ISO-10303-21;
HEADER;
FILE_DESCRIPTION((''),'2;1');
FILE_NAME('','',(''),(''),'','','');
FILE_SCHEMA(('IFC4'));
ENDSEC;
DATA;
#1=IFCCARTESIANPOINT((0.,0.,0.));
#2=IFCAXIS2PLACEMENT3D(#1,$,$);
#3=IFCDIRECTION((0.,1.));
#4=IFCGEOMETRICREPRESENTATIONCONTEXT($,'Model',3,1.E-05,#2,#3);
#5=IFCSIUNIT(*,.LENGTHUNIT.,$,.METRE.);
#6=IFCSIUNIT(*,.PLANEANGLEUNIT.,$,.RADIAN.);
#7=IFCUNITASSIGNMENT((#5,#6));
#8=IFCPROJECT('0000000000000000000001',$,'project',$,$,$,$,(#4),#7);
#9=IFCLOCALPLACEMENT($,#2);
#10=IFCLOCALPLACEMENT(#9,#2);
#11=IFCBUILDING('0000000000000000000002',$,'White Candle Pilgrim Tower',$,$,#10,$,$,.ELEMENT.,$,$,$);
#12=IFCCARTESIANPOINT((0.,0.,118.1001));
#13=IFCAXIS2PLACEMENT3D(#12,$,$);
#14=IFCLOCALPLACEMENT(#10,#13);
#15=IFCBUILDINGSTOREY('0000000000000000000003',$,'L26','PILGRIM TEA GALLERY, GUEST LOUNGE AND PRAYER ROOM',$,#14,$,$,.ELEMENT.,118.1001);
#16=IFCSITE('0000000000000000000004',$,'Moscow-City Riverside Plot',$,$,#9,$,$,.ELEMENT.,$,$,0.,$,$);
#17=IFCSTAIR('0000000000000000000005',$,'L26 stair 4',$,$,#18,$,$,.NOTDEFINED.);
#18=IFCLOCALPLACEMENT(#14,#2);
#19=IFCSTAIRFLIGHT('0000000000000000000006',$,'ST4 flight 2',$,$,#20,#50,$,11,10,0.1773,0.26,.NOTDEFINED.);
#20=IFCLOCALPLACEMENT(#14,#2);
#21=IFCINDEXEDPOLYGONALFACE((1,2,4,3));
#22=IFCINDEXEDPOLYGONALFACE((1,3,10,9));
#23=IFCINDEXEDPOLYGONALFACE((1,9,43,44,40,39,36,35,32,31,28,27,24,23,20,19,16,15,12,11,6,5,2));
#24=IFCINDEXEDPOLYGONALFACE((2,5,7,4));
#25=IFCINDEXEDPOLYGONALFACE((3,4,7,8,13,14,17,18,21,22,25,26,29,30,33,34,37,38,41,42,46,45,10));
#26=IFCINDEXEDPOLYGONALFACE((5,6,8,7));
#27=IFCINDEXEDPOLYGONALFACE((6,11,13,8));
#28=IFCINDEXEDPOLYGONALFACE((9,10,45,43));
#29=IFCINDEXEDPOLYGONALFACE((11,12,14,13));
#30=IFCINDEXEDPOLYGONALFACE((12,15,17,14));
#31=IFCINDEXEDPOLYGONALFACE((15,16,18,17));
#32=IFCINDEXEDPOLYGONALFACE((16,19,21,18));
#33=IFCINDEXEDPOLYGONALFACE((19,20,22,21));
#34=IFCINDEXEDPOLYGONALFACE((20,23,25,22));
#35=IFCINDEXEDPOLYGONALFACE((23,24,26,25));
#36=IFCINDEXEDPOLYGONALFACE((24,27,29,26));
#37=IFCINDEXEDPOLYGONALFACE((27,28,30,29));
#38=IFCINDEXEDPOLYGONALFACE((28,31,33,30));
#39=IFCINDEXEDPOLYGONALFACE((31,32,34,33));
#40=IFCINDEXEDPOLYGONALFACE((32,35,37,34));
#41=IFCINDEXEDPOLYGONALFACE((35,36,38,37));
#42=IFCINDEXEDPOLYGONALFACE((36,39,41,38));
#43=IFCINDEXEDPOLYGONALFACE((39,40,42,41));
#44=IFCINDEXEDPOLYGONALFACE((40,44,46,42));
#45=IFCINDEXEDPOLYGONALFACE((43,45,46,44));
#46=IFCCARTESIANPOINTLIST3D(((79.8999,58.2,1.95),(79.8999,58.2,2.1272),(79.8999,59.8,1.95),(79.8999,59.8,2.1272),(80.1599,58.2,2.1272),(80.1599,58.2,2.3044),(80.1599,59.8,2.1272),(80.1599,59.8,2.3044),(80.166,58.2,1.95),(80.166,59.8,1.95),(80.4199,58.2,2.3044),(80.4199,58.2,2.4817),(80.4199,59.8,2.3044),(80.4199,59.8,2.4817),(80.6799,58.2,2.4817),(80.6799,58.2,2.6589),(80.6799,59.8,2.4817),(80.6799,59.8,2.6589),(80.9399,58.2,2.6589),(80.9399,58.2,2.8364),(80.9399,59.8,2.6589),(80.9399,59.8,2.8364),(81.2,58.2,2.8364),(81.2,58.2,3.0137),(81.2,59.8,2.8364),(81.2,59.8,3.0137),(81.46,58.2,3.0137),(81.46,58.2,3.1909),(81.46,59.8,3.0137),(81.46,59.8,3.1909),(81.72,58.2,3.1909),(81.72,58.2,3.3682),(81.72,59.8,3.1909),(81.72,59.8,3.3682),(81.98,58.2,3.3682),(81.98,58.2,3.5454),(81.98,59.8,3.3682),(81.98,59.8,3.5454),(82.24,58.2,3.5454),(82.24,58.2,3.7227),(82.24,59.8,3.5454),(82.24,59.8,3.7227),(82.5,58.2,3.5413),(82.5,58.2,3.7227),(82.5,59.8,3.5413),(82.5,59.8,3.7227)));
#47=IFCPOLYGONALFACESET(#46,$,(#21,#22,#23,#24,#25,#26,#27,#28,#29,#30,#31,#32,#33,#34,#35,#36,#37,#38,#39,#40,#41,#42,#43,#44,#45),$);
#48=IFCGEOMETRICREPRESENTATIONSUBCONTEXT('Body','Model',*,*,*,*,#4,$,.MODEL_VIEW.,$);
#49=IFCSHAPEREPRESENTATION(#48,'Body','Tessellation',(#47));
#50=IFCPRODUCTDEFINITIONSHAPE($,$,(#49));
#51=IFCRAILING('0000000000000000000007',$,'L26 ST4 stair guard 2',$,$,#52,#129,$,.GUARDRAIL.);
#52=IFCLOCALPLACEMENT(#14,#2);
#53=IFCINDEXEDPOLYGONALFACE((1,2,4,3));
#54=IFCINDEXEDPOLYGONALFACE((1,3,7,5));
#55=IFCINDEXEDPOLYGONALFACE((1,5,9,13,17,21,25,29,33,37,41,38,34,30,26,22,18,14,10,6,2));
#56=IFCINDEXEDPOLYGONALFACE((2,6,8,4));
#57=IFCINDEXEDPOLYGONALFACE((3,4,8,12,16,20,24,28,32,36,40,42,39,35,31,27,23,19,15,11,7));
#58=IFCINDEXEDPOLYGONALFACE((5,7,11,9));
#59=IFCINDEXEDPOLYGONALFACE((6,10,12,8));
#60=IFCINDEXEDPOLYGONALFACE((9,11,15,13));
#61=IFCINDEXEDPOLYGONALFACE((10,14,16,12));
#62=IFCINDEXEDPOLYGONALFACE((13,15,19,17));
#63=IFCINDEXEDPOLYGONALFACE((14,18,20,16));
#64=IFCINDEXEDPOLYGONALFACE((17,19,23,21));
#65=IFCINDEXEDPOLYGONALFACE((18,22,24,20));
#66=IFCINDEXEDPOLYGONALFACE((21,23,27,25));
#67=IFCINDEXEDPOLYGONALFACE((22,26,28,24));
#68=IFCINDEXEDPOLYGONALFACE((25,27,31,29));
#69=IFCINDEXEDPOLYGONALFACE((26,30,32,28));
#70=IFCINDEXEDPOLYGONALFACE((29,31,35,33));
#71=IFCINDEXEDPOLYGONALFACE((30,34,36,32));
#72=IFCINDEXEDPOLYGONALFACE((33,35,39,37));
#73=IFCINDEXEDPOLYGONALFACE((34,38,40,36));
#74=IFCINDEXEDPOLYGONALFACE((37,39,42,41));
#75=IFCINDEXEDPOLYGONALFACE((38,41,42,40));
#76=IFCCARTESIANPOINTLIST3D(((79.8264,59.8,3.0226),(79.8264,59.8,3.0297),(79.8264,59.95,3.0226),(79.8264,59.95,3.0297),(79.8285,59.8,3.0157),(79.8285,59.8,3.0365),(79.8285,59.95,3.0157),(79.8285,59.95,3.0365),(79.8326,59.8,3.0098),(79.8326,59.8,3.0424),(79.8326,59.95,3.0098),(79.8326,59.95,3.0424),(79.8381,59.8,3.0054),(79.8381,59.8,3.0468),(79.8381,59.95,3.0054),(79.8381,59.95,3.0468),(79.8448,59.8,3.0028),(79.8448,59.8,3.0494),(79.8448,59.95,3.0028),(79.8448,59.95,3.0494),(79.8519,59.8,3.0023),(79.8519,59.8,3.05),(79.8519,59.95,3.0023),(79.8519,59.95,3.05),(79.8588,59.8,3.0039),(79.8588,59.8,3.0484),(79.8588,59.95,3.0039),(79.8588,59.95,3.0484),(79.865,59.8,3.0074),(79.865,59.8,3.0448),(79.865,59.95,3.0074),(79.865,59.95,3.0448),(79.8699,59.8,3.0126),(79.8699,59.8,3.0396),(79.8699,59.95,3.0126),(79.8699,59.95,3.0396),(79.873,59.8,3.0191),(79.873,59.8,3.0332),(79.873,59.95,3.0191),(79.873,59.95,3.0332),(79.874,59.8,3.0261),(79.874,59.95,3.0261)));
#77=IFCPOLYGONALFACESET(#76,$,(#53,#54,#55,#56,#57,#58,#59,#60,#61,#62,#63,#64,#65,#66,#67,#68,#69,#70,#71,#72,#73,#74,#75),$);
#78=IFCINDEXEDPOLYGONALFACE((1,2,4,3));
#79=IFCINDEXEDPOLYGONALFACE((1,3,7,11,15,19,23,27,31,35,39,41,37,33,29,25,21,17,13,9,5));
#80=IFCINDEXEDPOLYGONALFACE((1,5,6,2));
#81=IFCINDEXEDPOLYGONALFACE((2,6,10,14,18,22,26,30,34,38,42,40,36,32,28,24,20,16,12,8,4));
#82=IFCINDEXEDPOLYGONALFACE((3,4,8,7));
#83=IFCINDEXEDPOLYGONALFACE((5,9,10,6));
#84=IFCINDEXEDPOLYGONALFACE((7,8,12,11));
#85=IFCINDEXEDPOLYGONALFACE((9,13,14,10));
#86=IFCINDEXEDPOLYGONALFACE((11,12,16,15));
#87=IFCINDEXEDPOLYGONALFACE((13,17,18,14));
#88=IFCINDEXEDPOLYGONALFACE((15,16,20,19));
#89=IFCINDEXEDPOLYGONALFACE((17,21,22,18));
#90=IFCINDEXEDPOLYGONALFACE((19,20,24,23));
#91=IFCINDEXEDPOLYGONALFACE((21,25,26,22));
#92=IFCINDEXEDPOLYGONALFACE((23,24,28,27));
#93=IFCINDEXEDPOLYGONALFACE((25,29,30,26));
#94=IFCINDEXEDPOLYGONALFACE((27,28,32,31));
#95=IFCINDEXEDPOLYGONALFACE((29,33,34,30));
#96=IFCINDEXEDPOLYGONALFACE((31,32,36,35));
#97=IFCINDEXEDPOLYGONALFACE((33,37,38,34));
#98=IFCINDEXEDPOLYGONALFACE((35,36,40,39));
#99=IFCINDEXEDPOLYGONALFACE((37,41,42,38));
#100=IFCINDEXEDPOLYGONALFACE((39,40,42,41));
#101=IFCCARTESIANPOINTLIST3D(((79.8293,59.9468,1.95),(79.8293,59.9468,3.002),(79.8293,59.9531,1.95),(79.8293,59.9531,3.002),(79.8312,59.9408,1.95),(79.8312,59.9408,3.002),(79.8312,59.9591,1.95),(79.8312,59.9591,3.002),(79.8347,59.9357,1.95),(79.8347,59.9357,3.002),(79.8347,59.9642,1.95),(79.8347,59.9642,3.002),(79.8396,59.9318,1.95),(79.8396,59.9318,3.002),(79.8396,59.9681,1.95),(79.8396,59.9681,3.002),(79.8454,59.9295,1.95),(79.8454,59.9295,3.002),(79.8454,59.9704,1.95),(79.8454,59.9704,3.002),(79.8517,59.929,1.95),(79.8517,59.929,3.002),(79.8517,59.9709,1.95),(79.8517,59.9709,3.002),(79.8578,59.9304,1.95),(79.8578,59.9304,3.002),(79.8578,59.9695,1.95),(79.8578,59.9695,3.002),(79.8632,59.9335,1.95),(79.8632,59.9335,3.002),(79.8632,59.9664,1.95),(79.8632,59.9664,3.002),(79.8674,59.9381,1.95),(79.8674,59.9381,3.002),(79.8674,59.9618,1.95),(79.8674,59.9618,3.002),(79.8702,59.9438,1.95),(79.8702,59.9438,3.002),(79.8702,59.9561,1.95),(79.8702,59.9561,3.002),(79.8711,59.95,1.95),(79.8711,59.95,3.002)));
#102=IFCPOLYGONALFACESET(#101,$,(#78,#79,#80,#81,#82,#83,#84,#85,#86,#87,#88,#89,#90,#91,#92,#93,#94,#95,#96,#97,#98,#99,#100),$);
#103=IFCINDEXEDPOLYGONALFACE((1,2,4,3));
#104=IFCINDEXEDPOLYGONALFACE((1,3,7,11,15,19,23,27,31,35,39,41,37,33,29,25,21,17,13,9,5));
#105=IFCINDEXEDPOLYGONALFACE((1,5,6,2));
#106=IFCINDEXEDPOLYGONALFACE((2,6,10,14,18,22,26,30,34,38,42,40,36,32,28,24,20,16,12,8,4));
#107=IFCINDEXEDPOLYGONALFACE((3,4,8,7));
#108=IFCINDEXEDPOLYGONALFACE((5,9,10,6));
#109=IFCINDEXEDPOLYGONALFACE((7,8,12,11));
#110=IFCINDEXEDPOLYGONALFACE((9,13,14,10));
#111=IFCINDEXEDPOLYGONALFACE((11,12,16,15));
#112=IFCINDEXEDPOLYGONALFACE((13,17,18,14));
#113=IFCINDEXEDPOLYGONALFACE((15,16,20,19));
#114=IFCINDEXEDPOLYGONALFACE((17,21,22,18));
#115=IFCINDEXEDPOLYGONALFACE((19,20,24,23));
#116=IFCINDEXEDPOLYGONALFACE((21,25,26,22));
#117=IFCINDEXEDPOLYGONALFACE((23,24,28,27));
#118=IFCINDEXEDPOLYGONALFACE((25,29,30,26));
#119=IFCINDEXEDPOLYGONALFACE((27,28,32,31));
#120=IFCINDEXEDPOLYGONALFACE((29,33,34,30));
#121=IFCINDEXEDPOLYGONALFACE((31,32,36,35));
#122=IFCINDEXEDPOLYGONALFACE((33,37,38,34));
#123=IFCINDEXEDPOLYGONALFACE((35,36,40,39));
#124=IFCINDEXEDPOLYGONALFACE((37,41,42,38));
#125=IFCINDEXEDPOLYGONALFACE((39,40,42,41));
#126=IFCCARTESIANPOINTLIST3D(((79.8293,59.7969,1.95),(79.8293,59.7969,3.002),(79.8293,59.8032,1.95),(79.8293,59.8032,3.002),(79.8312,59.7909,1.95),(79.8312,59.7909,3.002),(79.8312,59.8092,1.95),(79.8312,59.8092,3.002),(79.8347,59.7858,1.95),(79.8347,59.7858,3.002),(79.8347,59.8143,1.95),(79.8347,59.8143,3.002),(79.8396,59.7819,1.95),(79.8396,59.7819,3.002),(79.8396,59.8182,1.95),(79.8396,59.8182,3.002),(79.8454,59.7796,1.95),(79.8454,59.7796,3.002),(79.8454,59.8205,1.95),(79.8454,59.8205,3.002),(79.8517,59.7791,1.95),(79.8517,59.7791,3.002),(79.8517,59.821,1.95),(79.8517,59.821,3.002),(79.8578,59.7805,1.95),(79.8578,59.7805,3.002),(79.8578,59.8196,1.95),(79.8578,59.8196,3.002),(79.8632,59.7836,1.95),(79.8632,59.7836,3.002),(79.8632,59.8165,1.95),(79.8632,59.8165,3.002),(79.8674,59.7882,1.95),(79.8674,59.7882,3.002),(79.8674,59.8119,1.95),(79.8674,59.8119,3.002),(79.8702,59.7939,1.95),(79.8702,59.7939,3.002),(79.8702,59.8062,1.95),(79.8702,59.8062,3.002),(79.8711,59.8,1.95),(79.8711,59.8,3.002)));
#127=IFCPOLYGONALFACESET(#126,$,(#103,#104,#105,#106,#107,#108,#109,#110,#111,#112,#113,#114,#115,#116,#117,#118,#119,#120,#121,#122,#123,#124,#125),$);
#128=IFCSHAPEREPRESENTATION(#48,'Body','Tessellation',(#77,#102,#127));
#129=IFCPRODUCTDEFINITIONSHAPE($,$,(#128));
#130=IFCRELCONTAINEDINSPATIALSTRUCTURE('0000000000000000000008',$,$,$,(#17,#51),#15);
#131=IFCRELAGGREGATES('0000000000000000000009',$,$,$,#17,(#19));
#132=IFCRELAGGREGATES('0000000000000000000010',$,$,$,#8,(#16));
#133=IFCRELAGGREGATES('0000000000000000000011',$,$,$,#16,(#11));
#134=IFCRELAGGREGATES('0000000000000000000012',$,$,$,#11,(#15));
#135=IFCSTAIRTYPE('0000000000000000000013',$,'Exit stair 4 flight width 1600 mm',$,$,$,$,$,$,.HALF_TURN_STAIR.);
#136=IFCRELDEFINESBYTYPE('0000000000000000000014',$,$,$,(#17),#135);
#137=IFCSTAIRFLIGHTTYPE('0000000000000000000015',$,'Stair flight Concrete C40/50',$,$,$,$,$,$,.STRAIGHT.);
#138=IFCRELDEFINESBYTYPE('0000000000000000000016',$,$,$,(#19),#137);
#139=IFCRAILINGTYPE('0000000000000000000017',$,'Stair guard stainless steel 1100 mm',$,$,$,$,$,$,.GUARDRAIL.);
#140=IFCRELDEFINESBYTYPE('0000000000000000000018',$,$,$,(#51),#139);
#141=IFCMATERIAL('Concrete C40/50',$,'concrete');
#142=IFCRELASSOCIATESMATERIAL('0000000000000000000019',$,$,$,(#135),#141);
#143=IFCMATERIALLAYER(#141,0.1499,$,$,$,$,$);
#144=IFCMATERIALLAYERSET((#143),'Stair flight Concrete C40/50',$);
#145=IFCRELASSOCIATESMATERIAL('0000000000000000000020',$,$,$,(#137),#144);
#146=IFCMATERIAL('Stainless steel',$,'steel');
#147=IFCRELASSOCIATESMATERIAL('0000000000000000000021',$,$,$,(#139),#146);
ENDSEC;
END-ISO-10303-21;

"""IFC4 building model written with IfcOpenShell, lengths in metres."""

from ifc_helpers import new_model, si_unit, direction, frame, origin, origin_2d, place, context, subcontext, project, spatial, polyline, circle, outline, extrude, material, layer, layer_set, type_object, element, aggregate, save


model = new_model("IFC4")

# Units and contexts
model_context = context("Model", 3, precision=1e-05, world=origin(), true_north=direction((0.0, 1.0)))
body_context = subcontext(model_context, "Body", "Model", "MODEL_VIEW")
ifc_project = project(units=[si_unit("LENGTHUNIT", "METRE"), si_unit("PLANEANGLEUNIT", "RADIAN")], contexts=[model_context])

# Site, building, storey
site_placement = place(None, origin())
site = spatial("IfcSite", under=ifc_project, at=site_placement, Name="Moscow-City Riverside Plot", CompositionType="ELEMENT", RefElevation=0.0)
building_placement = place(site_placement, origin())
building = spatial("IfcBuilding", under=site, at=building_placement, Name="White Candle Pilgrim Tower", CompositionType="ELEMENT")
storey_placement = place(building_placement, frame((0.0, 0.0, 118.1001)))
storey = spatial("IfcBuildingStorey", under=building, at=storey_placement, Name="L26", Description="PILGRIM TEA GALLERY, GUEST LOUNGE AND PRAYER ROOM", CompositionType="ELEMENT", Elevation=118.1001)

# Stair, stair flight
ifc_material_1 = material(Name="Concrete C40/50", Category="concrete")
stair_type = type_object("IfcStairType", Name="Exit stair 4 flight width 1600 mm", PredefinedType="HALF_TURN_STAIR", material=ifc_material_1)
stair_placement = place(storey_placement, origin())
stair = element("IfcStair", 1, at=stair_placement, inside=storey, type_object=stair_type, Name="L26 stair 4", PredefinedType="NOTDEFINED")
ifc_layer_1 = layer(ifc_material_1, 0.1499)
ifc_layer_set_1 = layer_set([ifc_layer_1], Name="Stair flight Concrete C40/50")
stair_flight_type = type_object("IfcStairFlightType", Name="Stair flight Concrete C40/50", PredefinedType="STRAIGHT", material=ifc_layer_set_1)
stair_flight_placement = place(storey_placement, frame((79.8999, 59.0, 1.95), z_axis=(0.0, 0.0, 1.0), x_axis=(1.0, 0.0, 0.0)))
stair_flight = element("IfcStairFlight", 2, at=stair_flight_placement, type_object=stair_flight_type, Name="ST4 flight 2", NumberOfRisers=11, NumberOfTreads=10, PredefinedType="NOTDEFINED", RiserHeight=0.1773, TreadLength=0.26, context=body_context, shape_type="SweptSolid", body=[
    extrude(outline(polyline([(0.0, 0.0), (0.0, 0.1772), (0.26, 0.1772), (0.26, 0.3545), (0.52, 0.3545), (0.52, 0.5317), (0.78, 0.5317), (0.78, 0.709), (1.04, 0.709), (1.04, 0.8865), (1.3, 0.8865), (1.3, 1.0637), (1.5601, 1.0637), (1.5601, 1.241), (1.8201, 1.241), (1.8201, 1.4182), (2.0801, 1.4182), (2.0801, 1.5955), (2.3401, 1.5955), (2.3401, 1.7727), (2.6001, 1.7727), (2.6001, 1.95), (2.6001, 1.5913), (0.2661, 0.0), (0.0, 0.0)])), frame((0.0, 0.8, 0.0), z_axis=(0.0, -1.0, 0.0), x_axis=(1.0, 0.0, 0.0)), (0.0, 0.0, 1.0), 1.6001),
])
aggregate(stair, [stair_flight])

# Railing
ifc_material_2 = material(Name="Stainless steel", Category="steel")
railing_type_1 = type_object("IfcRailingType", Name="Stair guard stainless steel 1100 mm", PredefinedType="GUARDRAIL", material=ifc_material_2)
railing_1_placement = place(storey_placement, frame((79.8501, 59.95, 1.95)))
element("IfcRailing", 3, at=railing_1_placement, inside=storey, type_object=railing_type_1, Name="L26 ST4 stair guard 2", PredefinedType="GUARDRAIL", context=body_context, shape_type="SweptSolid", body=[
    extrude(circle(Radius=0.0239, at=origin_2d()), frame((0.0, 0.0, 1.0762), z_axis=(0.0, -1.0, 0.0), x_axis=(1.0, 0.0, 0.0)), (0.0, 0.0, 1.0), 0.1499),
    extrude(circle(Radius=0.021, at=origin_2d()), origin(), (0.0, 0.0, 1.0), 1.052),
    extrude(circle(Radius=0.021, at=origin_2d()), frame((0.0, -0.1499, 0.0)), (0.0, 0.0, 1.0), 1.052),
])

save(model, "model.ifc")
